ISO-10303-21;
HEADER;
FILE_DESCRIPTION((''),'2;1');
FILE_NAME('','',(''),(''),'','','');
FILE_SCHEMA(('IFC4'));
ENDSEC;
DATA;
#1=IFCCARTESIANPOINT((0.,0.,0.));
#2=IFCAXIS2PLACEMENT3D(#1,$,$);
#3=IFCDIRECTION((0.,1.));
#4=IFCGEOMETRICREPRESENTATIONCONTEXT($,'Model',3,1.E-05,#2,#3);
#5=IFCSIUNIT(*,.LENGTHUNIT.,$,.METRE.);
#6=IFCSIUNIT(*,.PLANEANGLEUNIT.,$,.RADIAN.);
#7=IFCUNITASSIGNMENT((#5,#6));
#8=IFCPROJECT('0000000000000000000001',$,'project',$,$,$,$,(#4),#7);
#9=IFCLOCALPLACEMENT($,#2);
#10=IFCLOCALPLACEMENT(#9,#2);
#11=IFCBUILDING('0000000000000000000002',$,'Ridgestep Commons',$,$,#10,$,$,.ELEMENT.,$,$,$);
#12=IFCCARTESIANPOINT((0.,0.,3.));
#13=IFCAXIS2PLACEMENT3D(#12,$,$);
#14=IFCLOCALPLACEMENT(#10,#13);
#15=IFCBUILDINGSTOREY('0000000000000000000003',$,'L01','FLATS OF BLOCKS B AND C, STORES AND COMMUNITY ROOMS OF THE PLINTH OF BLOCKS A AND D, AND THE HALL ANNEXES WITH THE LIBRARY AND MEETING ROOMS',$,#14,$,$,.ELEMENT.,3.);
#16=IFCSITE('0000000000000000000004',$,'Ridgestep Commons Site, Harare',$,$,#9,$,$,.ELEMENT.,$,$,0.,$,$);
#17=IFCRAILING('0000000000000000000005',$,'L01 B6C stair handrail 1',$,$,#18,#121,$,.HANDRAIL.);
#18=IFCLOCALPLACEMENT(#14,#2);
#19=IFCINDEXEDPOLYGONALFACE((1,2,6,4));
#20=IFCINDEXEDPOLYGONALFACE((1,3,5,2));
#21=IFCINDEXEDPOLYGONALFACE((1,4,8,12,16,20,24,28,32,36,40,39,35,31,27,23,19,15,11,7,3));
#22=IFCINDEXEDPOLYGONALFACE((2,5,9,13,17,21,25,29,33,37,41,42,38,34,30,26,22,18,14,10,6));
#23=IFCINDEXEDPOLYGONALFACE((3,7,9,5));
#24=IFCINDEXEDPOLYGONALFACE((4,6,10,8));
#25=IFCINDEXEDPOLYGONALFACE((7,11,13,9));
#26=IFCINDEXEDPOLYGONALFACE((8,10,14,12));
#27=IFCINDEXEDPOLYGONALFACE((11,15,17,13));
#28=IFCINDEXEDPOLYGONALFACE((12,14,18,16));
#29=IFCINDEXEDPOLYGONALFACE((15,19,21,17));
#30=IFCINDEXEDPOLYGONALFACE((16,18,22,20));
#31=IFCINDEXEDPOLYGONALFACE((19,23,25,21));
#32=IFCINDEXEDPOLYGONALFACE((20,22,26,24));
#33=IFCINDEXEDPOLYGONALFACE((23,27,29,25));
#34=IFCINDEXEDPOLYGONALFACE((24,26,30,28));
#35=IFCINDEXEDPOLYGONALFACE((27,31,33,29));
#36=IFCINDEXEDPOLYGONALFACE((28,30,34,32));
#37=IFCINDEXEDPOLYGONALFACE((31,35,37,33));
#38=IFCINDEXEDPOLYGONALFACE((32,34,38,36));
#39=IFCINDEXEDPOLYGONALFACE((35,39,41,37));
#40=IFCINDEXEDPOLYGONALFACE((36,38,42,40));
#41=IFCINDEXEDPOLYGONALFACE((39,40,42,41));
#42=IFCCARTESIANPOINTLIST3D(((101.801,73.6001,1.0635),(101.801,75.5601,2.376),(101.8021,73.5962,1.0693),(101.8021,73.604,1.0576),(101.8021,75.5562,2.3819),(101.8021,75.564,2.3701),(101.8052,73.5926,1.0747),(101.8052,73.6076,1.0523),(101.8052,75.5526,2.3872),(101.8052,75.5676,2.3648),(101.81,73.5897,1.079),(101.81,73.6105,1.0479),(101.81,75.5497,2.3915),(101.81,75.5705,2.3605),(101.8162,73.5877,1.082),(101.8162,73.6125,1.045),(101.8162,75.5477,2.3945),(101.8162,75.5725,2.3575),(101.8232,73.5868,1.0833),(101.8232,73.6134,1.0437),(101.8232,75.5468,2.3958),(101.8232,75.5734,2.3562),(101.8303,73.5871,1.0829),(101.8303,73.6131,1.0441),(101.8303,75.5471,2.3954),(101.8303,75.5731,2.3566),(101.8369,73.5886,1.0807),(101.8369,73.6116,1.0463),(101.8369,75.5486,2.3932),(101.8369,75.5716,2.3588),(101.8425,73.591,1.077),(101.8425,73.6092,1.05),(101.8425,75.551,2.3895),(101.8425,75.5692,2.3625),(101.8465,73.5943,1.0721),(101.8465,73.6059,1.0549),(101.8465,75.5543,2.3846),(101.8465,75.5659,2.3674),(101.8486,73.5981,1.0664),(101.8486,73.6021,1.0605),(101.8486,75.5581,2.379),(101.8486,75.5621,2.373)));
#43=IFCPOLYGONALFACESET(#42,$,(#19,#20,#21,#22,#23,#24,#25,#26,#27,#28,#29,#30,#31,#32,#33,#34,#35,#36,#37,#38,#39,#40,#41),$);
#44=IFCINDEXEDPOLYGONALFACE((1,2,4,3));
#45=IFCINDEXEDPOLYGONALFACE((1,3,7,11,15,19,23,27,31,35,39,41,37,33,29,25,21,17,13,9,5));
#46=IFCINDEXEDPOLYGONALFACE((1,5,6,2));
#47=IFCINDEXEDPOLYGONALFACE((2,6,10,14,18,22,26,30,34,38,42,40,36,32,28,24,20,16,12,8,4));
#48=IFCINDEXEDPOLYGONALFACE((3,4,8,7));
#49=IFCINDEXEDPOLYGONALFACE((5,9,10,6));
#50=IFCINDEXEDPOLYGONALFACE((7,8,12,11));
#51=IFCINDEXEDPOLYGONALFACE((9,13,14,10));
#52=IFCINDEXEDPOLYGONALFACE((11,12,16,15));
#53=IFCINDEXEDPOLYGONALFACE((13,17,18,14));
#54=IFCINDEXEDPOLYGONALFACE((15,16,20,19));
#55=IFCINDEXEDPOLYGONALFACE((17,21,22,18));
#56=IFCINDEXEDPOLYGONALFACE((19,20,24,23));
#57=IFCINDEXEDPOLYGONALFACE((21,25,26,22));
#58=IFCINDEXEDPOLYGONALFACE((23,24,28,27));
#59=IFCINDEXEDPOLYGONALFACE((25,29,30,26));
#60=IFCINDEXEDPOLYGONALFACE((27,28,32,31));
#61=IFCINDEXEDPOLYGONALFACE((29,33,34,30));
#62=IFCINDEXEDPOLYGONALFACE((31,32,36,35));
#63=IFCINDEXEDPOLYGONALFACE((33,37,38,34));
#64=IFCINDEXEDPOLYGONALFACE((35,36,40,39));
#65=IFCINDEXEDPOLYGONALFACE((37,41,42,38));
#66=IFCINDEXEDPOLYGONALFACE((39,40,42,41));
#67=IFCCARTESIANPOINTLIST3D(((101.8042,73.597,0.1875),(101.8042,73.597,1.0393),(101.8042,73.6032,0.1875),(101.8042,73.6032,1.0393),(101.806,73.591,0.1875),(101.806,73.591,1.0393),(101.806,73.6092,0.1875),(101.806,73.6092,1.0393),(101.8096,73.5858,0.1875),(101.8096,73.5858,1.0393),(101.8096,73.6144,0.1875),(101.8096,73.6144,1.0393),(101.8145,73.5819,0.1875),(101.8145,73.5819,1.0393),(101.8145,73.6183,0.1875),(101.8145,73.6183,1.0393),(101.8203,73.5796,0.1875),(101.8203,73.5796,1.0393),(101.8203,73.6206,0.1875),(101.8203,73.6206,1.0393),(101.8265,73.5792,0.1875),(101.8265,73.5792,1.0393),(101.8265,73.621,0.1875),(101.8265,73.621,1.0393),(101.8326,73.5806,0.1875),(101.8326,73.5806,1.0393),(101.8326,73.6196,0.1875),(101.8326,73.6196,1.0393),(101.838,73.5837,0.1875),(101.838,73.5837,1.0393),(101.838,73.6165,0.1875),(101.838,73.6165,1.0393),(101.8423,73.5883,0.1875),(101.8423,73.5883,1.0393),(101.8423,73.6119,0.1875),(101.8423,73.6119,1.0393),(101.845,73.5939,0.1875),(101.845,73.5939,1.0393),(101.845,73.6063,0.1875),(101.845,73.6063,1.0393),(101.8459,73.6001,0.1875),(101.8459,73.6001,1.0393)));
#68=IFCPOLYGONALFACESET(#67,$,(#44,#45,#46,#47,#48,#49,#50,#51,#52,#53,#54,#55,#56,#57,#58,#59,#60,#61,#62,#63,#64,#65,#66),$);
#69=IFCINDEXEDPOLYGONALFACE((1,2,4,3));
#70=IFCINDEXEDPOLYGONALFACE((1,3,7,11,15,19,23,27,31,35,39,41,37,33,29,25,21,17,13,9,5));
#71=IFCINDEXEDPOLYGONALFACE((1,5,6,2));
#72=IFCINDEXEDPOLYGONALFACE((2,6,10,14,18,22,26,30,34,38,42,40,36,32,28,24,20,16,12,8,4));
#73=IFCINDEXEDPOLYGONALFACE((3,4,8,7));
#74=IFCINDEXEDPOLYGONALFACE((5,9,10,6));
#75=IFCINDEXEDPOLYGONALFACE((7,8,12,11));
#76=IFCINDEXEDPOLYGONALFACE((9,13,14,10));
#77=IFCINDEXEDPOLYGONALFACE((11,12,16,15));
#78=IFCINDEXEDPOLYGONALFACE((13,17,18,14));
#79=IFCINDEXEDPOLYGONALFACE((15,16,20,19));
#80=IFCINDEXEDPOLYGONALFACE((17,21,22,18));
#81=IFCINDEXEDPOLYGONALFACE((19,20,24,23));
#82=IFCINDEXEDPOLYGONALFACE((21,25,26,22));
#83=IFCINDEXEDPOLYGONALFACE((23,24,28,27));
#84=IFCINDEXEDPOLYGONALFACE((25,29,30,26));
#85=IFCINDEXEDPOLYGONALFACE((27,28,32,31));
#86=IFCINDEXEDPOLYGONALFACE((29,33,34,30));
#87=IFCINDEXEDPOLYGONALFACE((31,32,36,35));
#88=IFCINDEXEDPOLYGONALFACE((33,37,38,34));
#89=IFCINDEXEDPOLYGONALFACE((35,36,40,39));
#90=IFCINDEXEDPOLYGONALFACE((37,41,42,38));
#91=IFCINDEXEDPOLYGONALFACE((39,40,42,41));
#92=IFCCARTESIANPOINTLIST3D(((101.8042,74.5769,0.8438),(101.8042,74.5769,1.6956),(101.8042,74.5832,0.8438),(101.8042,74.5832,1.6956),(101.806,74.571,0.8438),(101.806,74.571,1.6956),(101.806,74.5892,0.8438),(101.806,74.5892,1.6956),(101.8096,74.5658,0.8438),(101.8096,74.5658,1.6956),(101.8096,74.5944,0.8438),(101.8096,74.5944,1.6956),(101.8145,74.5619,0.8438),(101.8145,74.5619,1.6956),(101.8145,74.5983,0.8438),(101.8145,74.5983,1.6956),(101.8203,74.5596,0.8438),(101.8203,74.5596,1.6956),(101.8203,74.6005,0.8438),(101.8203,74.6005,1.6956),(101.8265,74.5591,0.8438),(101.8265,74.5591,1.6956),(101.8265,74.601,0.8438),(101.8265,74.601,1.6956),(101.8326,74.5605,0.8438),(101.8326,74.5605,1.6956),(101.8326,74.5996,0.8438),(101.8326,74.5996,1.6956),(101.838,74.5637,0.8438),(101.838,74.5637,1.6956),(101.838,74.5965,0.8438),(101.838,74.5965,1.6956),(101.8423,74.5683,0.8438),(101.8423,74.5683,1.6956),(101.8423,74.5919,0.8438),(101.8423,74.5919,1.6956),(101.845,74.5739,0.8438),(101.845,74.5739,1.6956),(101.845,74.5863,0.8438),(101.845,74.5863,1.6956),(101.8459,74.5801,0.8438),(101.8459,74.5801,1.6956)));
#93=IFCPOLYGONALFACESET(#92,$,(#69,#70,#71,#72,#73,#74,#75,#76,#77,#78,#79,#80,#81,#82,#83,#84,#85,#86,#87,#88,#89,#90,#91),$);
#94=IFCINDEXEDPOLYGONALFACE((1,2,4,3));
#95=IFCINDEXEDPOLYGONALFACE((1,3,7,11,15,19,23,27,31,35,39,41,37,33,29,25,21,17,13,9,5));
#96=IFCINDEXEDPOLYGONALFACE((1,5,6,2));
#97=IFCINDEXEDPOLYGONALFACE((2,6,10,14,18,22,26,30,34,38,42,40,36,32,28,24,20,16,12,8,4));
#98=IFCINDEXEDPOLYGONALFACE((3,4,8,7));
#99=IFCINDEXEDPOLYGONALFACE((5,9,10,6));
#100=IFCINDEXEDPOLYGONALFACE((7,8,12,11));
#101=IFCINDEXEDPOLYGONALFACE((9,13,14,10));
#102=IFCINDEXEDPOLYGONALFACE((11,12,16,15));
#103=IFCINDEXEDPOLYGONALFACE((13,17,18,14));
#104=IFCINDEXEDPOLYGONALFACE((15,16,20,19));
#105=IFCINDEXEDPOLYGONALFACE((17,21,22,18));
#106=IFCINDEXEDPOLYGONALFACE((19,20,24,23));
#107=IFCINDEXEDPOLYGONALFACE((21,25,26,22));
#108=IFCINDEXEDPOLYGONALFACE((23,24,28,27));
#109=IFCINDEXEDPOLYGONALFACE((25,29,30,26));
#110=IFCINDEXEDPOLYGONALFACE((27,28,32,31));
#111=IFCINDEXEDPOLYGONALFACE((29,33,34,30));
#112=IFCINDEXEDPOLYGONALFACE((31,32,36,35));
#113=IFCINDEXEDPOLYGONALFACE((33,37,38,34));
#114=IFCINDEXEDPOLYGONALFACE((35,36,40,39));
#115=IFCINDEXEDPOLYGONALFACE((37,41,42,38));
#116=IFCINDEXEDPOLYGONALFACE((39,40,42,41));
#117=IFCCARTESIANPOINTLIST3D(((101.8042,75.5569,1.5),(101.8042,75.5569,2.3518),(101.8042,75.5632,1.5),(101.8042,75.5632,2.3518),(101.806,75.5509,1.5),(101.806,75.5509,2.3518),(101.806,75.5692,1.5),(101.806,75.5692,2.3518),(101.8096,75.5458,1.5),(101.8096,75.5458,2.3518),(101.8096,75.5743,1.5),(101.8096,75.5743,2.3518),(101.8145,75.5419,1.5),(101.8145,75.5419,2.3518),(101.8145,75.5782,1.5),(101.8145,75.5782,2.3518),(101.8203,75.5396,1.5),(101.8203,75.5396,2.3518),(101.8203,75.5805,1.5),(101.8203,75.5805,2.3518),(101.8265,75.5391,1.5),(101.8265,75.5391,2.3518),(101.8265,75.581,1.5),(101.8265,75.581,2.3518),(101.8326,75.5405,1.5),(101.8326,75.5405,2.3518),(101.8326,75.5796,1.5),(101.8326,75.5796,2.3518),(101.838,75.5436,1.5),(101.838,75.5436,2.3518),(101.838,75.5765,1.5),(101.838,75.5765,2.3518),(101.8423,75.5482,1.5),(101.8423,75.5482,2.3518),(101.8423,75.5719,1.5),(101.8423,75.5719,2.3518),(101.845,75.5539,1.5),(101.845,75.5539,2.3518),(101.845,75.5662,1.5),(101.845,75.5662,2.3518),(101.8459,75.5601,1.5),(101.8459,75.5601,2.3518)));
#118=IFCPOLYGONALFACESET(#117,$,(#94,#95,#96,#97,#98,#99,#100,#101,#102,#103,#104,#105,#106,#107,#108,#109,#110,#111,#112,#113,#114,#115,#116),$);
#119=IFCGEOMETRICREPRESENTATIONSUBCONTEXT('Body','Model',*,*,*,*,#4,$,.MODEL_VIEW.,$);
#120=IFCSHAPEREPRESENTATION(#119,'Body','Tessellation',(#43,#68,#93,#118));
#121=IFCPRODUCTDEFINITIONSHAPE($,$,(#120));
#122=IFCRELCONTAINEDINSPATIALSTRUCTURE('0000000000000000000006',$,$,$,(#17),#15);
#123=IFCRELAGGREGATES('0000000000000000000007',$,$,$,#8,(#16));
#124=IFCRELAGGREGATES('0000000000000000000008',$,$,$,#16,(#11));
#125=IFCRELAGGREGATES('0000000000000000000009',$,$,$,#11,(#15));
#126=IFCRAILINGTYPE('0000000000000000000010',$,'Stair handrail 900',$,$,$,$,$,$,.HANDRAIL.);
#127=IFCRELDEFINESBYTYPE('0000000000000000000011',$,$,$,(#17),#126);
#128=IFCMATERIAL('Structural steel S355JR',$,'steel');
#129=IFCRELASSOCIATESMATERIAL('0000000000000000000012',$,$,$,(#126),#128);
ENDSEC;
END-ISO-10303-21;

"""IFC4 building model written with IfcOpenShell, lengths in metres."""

from ifc_helpers import new_model, si_unit, direction, frame, origin, origin_2d, place, context, subcontext, project, spatial, circle, extrude, material, type_object, element, save


model = new_model("IFC4")

# Units and contexts
model_context = context("Model", 3, precision=1e-05, world=origin(), true_north=direction((0.0, 1.0)))
body_context = subcontext(model_context, "Body", "Model", "MODEL_VIEW")
ifc_project = project(units=[si_unit("LENGTHUNIT", "METRE"), si_unit("PLANEANGLEUNIT", "RADIAN")], contexts=[model_context])

# Site, building, storey
site_placement = place(None, origin())
site = spatial("IfcSite", under=ifc_project, at=site_placement, Name="Ridgestep Commons Site, Harare", CompositionType="ELEMENT", RefElevation=0.0)
building_placement = place(site_placement, origin())
building = spatial("IfcBuilding", under=site, at=building_placement, Name="Ridgestep Commons", CompositionType="ELEMENT")
storey_placement = place(building_placement, frame((0.0, 0.0, 3.0)))
storey = spatial("IfcBuildingStorey", under=building, at=storey_placement, Name="L01", Description="FLATS OF BLOCKS B AND C, STORES AND COMMUNITY ROOMS OF THE PLINTH OF BLOCKS A AND D, AND THE HALL ANNEXES WITH THE LIBRARY AND MEETING ROOMS", CompositionType="ELEMENT", Elevation=3.0)

# Railing
ifc_material_1 = material(Name="Structural steel S355JR", Category="steel")
railing_type_1 = type_object("IfcRailingType", Name="Stair handrail 900", PredefinedType="HANDRAIL", material=ifc_material_1)
railing_1_placement = place(storey_placement, frame((101.825, 73.6001, 0.1875)))
element("IfcRailing", 1, at=railing_1_placement, inside=storey, type_object=railing_type_1, Name="L01 B6C stair handrail 1", PredefinedType="HANDRAIL", context=body_context, shape_type="SweptSolid", body=[
    extrude(circle(Radius=0.0239, at=origin_2d()), frame((0.0, 0.0, 0.876), z_axis=(0.0, 0.830902, 0.556419), x_axis=(-1.0, 0.0, 0.0)), (0.0, 0.0, 1.0), 2.3589),
    extrude(circle(Radius=0.021, at=origin_2d()), origin(), (0.0, 0.0, 1.0), 0.8518),
    extrude(circle(Radius=0.021, at=origin_2d()), frame((0.0, 0.98, 0.6562)), (0.0, 0.0, 1.0), 0.8518),
    extrude(circle(Radius=0.021, at=origin_2d()), frame((0.0, 1.96, 1.3125)), (0.0, 0.0, 1.0), 0.8518),
])

save(model, "model.ifc")
